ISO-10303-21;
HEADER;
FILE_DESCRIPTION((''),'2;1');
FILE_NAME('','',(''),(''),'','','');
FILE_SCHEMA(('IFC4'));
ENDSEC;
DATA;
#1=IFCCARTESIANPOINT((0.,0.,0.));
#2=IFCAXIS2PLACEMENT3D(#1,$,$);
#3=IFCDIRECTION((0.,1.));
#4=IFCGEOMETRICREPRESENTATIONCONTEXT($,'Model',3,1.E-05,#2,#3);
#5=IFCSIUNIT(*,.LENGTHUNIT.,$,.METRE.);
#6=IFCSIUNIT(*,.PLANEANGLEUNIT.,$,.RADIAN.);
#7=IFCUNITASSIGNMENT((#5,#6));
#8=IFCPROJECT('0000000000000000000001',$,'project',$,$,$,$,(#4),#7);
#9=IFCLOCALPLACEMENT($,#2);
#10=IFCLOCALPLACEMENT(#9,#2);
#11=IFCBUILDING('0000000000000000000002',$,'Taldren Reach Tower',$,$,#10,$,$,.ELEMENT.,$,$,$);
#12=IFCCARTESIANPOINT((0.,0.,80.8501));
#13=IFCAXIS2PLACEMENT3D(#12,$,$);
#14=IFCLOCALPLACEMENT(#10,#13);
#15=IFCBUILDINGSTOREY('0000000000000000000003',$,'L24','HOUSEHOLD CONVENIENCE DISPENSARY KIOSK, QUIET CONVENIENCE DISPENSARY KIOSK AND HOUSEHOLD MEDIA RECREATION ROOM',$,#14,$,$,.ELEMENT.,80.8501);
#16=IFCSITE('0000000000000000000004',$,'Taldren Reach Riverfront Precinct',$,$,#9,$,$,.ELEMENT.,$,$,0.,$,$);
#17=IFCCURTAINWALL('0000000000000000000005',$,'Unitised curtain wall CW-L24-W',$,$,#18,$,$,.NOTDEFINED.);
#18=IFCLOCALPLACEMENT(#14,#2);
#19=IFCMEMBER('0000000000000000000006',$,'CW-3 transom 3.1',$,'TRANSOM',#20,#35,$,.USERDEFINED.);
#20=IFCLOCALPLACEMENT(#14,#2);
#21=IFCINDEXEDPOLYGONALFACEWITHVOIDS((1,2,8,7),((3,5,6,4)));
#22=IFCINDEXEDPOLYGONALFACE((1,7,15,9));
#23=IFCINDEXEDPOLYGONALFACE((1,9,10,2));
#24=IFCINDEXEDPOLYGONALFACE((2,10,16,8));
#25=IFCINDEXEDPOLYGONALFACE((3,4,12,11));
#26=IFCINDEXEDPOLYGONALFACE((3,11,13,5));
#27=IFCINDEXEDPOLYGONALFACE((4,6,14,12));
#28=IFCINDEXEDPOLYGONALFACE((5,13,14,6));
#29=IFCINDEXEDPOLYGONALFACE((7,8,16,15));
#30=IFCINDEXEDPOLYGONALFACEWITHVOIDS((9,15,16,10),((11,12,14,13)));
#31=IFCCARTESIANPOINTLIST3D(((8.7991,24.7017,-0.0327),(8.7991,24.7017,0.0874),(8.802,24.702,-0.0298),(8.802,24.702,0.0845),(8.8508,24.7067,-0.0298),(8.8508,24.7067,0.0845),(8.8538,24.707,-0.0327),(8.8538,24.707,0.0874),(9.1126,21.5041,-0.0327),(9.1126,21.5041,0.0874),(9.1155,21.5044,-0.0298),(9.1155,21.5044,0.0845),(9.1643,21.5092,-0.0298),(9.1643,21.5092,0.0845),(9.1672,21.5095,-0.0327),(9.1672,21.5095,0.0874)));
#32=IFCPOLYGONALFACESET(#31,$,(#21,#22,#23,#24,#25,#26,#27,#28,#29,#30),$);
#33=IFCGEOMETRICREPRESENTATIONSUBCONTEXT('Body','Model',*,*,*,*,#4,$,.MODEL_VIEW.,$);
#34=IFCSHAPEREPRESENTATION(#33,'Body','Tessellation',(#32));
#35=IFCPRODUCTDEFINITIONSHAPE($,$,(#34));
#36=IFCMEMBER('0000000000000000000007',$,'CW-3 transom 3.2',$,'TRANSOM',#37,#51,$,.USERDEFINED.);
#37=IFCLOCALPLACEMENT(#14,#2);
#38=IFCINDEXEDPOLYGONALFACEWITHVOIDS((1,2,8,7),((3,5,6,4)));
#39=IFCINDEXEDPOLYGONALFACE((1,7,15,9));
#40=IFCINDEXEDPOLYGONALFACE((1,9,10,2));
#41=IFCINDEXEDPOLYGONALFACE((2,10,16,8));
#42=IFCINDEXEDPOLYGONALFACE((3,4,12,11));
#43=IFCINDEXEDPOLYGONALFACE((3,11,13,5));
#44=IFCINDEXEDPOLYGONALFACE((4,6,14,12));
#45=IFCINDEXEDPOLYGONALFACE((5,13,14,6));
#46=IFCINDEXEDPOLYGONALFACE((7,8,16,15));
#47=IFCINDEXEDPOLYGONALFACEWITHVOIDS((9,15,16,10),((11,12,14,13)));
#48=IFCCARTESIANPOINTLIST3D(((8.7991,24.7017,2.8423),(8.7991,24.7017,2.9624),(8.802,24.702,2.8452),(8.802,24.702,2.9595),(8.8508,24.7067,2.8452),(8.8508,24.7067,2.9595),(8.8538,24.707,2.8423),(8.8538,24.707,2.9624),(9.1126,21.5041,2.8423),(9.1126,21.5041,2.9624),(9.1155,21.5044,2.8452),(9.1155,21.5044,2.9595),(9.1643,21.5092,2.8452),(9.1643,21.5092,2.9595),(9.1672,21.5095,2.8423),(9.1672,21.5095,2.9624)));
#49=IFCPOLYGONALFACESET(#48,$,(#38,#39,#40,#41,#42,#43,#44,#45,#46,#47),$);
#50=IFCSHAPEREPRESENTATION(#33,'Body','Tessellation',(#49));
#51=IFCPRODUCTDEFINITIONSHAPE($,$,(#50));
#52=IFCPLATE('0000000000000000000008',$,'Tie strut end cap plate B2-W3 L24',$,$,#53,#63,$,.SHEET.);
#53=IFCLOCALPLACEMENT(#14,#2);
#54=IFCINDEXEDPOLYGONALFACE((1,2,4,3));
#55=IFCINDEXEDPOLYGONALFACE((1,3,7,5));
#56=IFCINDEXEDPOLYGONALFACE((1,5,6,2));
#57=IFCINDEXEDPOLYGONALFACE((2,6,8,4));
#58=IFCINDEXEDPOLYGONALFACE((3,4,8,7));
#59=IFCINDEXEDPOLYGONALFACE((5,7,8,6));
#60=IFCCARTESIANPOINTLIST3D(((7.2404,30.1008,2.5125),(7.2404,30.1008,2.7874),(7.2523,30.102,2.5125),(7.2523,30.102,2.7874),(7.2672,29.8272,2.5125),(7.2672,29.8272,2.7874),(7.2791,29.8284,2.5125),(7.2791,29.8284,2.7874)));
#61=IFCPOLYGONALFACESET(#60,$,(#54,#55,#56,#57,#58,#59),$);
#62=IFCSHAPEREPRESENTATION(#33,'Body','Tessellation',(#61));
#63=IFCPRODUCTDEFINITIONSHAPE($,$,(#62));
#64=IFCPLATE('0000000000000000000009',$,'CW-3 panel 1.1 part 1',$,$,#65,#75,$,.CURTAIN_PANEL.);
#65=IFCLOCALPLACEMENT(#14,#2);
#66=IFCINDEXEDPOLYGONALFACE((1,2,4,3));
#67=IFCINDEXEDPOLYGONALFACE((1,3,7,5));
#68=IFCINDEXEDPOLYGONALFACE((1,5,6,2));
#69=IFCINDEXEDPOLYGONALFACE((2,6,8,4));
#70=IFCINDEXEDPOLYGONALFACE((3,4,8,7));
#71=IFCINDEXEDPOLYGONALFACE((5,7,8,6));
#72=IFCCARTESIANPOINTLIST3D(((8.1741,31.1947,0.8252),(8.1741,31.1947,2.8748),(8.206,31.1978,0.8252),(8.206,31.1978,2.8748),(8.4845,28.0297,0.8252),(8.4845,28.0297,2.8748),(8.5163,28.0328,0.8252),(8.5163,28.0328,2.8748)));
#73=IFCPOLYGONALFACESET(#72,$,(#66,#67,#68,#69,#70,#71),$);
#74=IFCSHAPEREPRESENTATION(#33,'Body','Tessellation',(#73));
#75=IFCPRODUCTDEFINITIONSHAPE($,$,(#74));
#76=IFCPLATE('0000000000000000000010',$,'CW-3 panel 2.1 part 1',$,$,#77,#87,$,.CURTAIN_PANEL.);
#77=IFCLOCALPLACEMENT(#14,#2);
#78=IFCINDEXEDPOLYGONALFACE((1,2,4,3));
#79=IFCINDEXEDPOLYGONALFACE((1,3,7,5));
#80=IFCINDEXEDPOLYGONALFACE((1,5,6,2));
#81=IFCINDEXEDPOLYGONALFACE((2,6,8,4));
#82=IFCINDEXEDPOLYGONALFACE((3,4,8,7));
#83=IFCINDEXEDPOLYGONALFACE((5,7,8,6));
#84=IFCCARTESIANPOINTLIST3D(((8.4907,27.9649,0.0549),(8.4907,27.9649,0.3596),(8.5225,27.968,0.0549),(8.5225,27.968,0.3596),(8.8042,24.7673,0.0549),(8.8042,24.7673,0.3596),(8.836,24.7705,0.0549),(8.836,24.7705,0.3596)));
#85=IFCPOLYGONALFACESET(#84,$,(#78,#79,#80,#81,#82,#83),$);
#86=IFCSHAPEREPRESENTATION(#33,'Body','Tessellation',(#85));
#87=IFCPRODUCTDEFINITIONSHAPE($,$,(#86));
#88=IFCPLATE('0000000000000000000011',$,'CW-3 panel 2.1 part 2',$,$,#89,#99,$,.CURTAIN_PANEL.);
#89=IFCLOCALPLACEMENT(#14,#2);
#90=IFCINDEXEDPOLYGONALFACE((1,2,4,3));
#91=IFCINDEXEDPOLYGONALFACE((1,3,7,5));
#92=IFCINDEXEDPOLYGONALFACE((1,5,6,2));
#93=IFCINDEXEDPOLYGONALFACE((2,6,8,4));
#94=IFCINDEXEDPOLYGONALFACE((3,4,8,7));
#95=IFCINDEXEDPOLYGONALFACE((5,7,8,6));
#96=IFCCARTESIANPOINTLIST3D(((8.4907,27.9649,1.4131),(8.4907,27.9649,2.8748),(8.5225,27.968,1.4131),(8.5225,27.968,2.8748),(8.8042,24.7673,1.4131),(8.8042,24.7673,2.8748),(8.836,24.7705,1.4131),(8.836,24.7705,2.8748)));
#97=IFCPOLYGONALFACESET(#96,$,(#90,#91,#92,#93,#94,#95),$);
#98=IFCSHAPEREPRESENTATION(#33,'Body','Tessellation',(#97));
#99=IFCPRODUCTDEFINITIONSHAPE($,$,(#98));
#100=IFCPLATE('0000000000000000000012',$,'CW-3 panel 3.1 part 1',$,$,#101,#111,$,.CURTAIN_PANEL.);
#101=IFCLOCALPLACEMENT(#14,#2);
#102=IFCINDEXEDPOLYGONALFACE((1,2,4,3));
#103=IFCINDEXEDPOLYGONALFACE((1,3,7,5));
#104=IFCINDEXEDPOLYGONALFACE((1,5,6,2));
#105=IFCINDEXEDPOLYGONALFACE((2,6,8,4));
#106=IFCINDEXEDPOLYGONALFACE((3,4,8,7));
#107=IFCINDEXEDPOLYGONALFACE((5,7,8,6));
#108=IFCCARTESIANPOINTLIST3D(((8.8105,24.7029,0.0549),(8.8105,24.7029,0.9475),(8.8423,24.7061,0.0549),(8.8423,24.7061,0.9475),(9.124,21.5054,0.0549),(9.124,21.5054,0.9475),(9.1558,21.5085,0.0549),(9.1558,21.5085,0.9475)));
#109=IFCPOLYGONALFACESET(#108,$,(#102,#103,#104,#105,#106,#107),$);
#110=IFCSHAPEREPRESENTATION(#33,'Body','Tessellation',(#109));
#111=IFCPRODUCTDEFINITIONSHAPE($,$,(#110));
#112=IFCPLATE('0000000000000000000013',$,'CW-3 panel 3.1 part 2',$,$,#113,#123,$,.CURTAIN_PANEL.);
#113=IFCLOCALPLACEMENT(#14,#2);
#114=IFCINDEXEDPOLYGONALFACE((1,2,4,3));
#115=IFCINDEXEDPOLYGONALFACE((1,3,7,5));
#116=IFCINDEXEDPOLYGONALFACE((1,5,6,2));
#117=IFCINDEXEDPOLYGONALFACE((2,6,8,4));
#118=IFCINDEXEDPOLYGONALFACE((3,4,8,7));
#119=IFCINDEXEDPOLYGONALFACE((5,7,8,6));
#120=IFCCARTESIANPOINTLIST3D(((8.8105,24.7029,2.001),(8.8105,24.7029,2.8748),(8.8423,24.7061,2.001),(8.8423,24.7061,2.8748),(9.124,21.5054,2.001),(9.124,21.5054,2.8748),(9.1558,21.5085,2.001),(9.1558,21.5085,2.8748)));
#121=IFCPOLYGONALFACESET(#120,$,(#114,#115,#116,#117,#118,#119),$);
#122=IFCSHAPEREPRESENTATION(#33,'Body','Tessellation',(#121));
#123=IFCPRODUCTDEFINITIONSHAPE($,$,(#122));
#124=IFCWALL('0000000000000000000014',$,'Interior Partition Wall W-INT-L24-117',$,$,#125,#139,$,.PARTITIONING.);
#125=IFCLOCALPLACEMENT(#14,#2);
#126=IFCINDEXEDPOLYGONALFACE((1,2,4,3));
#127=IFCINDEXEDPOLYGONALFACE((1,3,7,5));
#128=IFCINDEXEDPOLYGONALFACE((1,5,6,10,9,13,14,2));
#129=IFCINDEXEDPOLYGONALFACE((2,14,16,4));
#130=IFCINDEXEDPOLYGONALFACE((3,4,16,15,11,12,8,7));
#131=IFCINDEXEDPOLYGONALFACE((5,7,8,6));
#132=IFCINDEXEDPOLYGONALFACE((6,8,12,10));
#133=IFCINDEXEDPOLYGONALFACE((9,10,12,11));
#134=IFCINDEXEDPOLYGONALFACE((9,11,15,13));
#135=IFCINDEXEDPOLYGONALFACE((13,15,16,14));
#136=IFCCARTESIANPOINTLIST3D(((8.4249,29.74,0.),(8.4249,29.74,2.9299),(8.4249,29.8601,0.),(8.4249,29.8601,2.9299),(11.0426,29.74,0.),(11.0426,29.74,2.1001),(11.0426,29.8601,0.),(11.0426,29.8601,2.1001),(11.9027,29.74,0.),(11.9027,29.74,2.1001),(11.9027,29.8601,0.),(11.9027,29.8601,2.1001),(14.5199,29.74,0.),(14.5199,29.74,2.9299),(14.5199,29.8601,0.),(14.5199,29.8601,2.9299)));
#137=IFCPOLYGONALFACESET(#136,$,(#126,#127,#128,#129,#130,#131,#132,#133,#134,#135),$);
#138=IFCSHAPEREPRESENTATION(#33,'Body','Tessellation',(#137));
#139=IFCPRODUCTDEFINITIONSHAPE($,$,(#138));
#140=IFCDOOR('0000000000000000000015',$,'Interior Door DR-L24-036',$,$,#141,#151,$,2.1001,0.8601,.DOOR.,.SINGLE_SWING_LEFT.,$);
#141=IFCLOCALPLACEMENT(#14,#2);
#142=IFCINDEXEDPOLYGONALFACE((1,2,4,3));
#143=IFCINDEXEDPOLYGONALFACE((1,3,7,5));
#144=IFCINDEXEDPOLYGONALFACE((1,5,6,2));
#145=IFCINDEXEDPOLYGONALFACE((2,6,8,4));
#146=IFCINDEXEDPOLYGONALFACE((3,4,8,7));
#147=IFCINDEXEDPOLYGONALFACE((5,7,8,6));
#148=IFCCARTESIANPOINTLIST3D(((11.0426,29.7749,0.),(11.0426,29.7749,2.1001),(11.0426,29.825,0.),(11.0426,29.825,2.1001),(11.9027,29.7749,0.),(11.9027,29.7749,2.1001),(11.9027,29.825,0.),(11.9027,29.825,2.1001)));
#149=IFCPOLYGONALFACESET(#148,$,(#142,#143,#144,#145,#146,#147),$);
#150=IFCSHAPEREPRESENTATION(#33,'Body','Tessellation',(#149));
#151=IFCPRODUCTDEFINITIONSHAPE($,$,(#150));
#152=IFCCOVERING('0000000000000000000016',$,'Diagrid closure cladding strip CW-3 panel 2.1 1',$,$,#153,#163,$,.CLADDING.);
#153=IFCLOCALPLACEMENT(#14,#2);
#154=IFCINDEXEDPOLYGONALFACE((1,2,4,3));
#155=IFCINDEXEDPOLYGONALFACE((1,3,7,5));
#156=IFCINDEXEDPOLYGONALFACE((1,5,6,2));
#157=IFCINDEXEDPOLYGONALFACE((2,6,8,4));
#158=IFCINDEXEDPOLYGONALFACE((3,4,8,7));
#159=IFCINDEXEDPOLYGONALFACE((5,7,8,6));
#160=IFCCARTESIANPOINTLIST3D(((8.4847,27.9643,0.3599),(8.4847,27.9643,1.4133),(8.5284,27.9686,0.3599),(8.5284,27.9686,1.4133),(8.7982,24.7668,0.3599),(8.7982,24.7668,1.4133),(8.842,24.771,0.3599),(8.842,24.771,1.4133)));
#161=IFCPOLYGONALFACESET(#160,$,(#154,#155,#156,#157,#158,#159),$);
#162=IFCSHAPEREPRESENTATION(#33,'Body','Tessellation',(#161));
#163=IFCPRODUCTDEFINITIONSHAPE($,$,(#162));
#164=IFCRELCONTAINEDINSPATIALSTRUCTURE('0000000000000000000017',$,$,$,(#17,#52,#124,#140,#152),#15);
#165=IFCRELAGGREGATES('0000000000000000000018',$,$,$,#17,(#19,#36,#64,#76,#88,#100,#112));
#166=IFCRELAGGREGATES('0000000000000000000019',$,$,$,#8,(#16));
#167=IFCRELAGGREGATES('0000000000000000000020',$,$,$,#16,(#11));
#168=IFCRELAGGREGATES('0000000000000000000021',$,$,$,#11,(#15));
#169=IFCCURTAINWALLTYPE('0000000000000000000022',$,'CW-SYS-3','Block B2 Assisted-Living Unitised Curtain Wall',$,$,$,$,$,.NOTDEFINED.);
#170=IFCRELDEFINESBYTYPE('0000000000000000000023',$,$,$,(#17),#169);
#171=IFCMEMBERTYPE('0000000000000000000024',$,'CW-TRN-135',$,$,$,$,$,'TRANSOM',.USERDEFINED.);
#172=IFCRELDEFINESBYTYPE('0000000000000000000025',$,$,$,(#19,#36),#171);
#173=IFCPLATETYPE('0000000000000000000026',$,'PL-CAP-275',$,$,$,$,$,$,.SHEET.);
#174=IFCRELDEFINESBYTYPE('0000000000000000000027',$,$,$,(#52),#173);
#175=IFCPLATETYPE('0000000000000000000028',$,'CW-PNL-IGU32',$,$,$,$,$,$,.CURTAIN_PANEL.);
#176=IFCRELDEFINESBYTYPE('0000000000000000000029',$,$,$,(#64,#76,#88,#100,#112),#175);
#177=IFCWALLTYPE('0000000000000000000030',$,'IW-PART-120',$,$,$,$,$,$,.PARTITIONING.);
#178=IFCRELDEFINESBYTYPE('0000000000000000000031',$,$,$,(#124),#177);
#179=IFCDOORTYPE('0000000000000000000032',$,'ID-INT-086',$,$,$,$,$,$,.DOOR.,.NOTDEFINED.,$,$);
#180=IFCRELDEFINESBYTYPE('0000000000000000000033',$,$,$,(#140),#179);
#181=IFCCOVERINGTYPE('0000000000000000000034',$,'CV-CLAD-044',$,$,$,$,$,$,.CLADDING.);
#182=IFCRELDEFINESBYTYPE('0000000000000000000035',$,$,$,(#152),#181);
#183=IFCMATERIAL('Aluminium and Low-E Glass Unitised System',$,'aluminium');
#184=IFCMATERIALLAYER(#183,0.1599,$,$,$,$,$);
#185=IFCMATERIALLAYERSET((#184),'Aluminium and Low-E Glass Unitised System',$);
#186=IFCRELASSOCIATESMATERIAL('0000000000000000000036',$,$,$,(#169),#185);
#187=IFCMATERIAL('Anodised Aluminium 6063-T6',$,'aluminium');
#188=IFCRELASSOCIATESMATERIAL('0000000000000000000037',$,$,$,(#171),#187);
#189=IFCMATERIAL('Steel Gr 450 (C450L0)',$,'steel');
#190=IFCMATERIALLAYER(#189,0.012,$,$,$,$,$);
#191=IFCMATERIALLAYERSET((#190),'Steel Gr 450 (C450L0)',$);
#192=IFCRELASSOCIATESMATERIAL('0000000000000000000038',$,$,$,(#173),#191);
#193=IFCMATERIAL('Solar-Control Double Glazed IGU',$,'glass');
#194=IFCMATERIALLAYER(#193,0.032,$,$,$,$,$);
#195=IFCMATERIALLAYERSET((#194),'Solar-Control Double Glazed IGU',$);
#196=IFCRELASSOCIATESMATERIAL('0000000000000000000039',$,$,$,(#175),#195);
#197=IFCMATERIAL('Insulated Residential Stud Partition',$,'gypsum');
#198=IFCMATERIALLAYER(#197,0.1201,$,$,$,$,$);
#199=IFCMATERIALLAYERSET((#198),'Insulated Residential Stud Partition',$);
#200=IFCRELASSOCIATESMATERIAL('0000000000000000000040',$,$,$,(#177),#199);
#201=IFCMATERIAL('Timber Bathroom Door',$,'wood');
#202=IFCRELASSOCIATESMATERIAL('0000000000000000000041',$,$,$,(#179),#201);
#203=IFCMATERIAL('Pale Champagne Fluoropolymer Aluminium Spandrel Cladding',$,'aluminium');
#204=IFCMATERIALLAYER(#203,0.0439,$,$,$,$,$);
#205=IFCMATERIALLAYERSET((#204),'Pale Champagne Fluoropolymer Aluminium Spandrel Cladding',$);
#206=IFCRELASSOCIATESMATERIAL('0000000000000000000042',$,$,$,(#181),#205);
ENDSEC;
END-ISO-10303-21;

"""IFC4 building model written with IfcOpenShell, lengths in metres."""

from ifc_helpers import new_model, si_unit, direction, frame, frame_2d, origin, origin_2d, place, context, subcontext, project, spatial, rectangle, hollow_rectangle, extrude, source, transform, mapped, material, layer, layer_set, material_profile, profile_set, type_object, element, fill, aggregate, save


model = new_model("IFC4")

# Units and contexts
model_context = context("Model", 3, precision=1e-05, world=origin(), true_north=direction((0.0, 1.0)))
body_context = subcontext(model_context, "Body", "Model", "MODEL_VIEW")
ifc_project = project(units=[si_unit("LENGTHUNIT", "METRE"), si_unit("PLANEANGLEUNIT", "RADIAN")], contexts=[model_context])

# Site, building, storey
site_placement = place(None, origin())
site = spatial("IfcSite", under=ifc_project, at=site_placement, Name="Taldren Reach Riverfront Precinct", CompositionType="ELEMENT", RefElevation=0.0)
building_placement = place(site_placement, origin())
building = spatial("IfcBuilding", under=site, at=building_placement, Name="Taldren Reach Tower", CompositionType="ELEMENT")
storey_placement = place(building_placement, frame((0.0, 0.0, 80.8501)))
storey = spatial("IfcBuildingStorey", under=building, at=storey_placement, Name="L24", Description="HOUSEHOLD CONVENIENCE DISPENSARY KIOSK, QUIET CONVENIENCE DISPENSARY KIOSK AND HOUSEHOLD MEDIA RECREATION ROOM", CompositionType="ELEMENT", Elevation=80.8501)

# Shared definitions
ifc_material_1 = material(Name="Steel Gr 450 (C450L0)", Category="steel")

# Curtain wall, members
ifc_material_2 = material(Name="Aluminium and Low-E Glass Unitised System", Category="aluminium")
ifc_layer_1 = layer(ifc_material_2, 0.1599)
ifc_layer_set_1 = layer_set([ifc_layer_1], Name="Aluminium and Low-E Glass Unitised System")
curtain_wall_type = type_object("IfcCurtainWallType", Name="CW-SYS-3", Description="Block B2 Assisted-Living Unitised Curtain Wall", PredefinedType="NOTDEFINED", material=ifc_layer_set_1)
curtain_wall_placement = place(storey_placement, origin())
curtain_wall = element("IfcCurtainWall", 1, at=curtain_wall_placement, inside=storey, type_object=curtain_wall_type, Name="Unitised curtain wall CW-L24-W", PredefinedType="NOTDEFINED")
ifc_material_3 = material(Name="Anodised Aluminium 6063-T6", Category="aluminium")
ifc_material_profile_1 = material_profile(ifc_material_3, hollow_rectangle(XDim=0.0549, YDim=0.1201, WallThickness=0.0029, at=origin_2d()), Name="ALU-120x55x3RHS")
ifc_profile_set_1 = profile_set([ifc_material_profile_1], Name="Anodised Aluminium 6063-T6")
member_type_1 = type_object("IfcMemberType", Name="CW-TRN-135", ElementType="TRANSOM", PredefinedType="USERDEFINED", material=ifc_profile_set_1)
shared_shape_1 = source(origin(), body_context, "Body", "SweptSolid", [
    extrude(hollow_rectangle(XDim=0.0549, YDim=0.1201, WallThickness=0.0029, at=origin_2d()), origin(), (0.0, 0.0, 1.0), 3.2129),
])
member_1_placement = place(storey_placement, frame((8.8264, 24.7043, 0.0273), z_axis=(0.09757, -0.995229, 0.0), x_axis=(0.995229, 0.09757, 0.0)))
member_1 = element("IfcMember", 2, at=member_1_placement, type_object=member_type_1, Name="CW-3 transom 3.1", ObjectType="TRANSOM", PredefinedType="USERDEFINED", context=body_context, shape_type="MappedRepresentation", body=[
    mapped(shared_shape_1, transform((0.0, 0.0, 0.0), scale=1.0)),
])
member_2_placement = place(storey_placement, frame((8.8264, 24.7043, 2.9023), z_axis=(0.09757, -0.995229, 0.0), x_axis=(0.995229, 0.09757, 0.0)))
member_2 = element("IfcMember", 3, at=member_2_placement, type_object=member_type_1, Name="CW-3 transom 3.2", ObjectType="TRANSOM", PredefinedType="USERDEFINED", context=body_context, shape_type="MappedRepresentation", body=[
    mapped(shared_shape_1, transform((0.0, 0.0, 0.0), scale=1.0)),
])

# Plates
ifc_layer_2 = layer(ifc_material_1, 0.012)
ifc_layer_set_2 = layer_set([ifc_layer_2], Name="Steel Gr 450 (C450L0)")
plate_type_1 = type_object("IfcPlateType", Name="PL-CAP-275", PredefinedType="SHEET", material=ifc_layer_set_2)
shared_shape_2 = source(origin(), body_context, "Body", "SweptSolid", [
    extrude(rectangle(XDim=0.012, YDim=0.2749, at=origin_2d()), origin(), (0.0, 0.0, 1.0), 0.2749),
])
plate_1_placement = place(storey_placement, frame((7.2598, 29.9646, 2.5125), z_axis=(0.0, 0.0, 1.0), x_axis=(0.995227, 0.097583, 0.0)))
element("IfcPlate", 4, at=plate_1_placement, inside=storey, type_object=plate_type_1, Name="Tie strut end cap plate B2-W3 L24", PredefinedType="SHEET", context=body_context, shape_type="MappedRepresentation", body=[
    mapped(shared_shape_2, transform((0.0, 0.0, 0.0), scale=1.0)),
])
ifc_material_4 = material(Name="Solar-Control Double Glazed IGU", Category="glass")
ifc_layer_3 = layer(ifc_material_4, 0.032)
ifc_layer_set_3 = layer_set([ifc_layer_3], Name="Solar-Control Double Glazed IGU")
plate_type_2 = type_object("IfcPlateType", Name="CW-PNL-IGU32", PredefinedType="CURTAIN_PANEL", material=ifc_layer_set_3)
shared_shape_3 = source(origin(), body_context, "Body", "SweptSolid", [
    extrude(rectangle(XDim=3.1802, YDim=0.032, at=origin_2d()), origin(), (0.0, 0.0, 1.0), 2.0496),
])
plate_2_placement = place(storey_placement, frame((8.3452, 29.6138, 0.8252), z_axis=(0.0, 0.0, 1.0), x_axis=(0.097583, -0.995227, 0.0)))
plate_2 = element("IfcPlate", 5, at=plate_2_placement, type_object=plate_type_2, Name="CW-3 panel 1.1 part 1", PredefinedType="CURTAIN_PANEL", context=body_context, shape_type="MappedRepresentation", body=[
    mapped(shared_shape_3, transform((0.0, 0.0, 0.0), scale=1.0)),
])
shared_shape_4 = source(origin(), body_context, "Body", "SweptSolid", [
    extrude(rectangle(XDim=3.2129, YDim=0.032, at=origin_2d()), origin(), (0.0, 0.0, 1.0), 0.3047),
])
plate_3_placement = place(storey_placement, frame((8.6633, 26.3677, 0.0549), z_axis=(0.0, 0.0, 1.0), x_axis=(0.097583, -0.995227, 0.0)))
plate_3 = element("IfcPlate", 6, at=plate_3_placement, type_object=plate_type_2, Name="CW-3 panel 2.1 part 1", PredefinedType="CURTAIN_PANEL", context=body_context, shape_type="MappedRepresentation", body=[
    mapped(shared_shape_4, transform((0.0, 0.0, 0.0), scale=1.0)),
])
shared_shape_5 = source(origin(), body_context, "Body", "SweptSolid", [
    extrude(rectangle(XDim=3.2129, YDim=0.032, at=origin_2d()), origin(), (0.0, 0.0, 1.0), 1.4617),
])
plate_4_placement = place(storey_placement, frame((8.6633, 26.3677, 1.4131), z_axis=(0.0, 0.0, 1.0), x_axis=(0.097583, -0.995227, 0.0)))
plate_4 = element("IfcPlate", 7, at=plate_4_placement, type_object=plate_type_2, Name="CW-3 panel 2.1 part 2", PredefinedType="CURTAIN_PANEL", context=body_context, shape_type="MappedRepresentation", body=[
    mapped(shared_shape_5, transform((0.0, 0.0, 0.0), scale=1.0)),
])
shared_shape_6 = source(origin(), body_context, "Body", "SweptSolid", [
    extrude(rectangle(XDim=3.2129, YDim=0.032, at=origin_2d()), origin(), (0.0, 0.0, 1.0), 0.8926),
])
plate_5_placement = place(storey_placement, frame((8.9832, 23.1057, 0.0549), z_axis=(0.0, 0.0, 1.0), x_axis=(0.097583, -0.995227, 0.0)))
plate_5 = element("IfcPlate", 8, at=plate_5_placement, type_object=plate_type_2, Name="CW-3 panel 3.1 part 1", PredefinedType="CURTAIN_PANEL", context=body_context, shape_type="MappedRepresentation", body=[
    mapped(shared_shape_6, transform((0.0, 0.0, 0.0), scale=1.0)),
])
shared_shape_7 = source(origin(), body_context, "Body", "SweptSolid", [
    extrude(rectangle(XDim=3.2129, YDim=0.032, at=origin_2d()), origin(), (0.0, 0.0, 1.0), 0.8738),
])
plate_6_placement = place(storey_placement, frame((8.9832, 23.1057, 2.001), z_axis=(0.0, 0.0, 1.0), x_axis=(0.097583, -0.995227, 0.0)))
plate_6 = element("IfcPlate", 9, at=plate_6_placement, type_object=plate_type_2, Name="CW-3 panel 3.1 part 2", PredefinedType="CURTAIN_PANEL", context=body_context, shape_type="MappedRepresentation", body=[
    mapped(shared_shape_7, transform((0.0, 0.0, 0.0), scale=1.0)),
])
aggregate(curtain_wall, [member_1, member_2, plate_2, plate_3, plate_4, plate_5, plate_6])

# Wall, opening, door
ifc_material_5 = material(Name="Insulated Residential Stud Partition", Category="gypsum")
ifc_layer_4 = layer(ifc_material_5, 0.1201)
ifc_layer_set_4 = layer_set([ifc_layer_4], Name="Insulated Residential Stud Partition")
wall_type = type_object("IfcWallType", Name="IW-PART-120", PredefinedType="PARTITIONING", material=ifc_layer_set_4)
shared_shape_8 = source(origin(), body_context, "Body", "SweptSolid", [
    extrude(rectangle(XDim=6.095, YDim=0.1201, at=frame_2d((3.0474, 0.0))), origin(), (0.0, 0.0, 1.0), 2.9299),
])
wall_placement = place(storey_placement, frame((8.425, 29.8, 0.0), z_axis=(0.0, 0.0, 1.0), x_axis=(1.0, 0.0, 0.0)))
wall = element("IfcWall", 10, at=wall_placement, inside=storey, type_object=wall_type, Name="Interior Partition Wall W-INT-L24-117", PredefinedType="PARTITIONING", context=body_context, shape_type="MappedRepresentation", body=[
    mapped(shared_shape_8, transform((0.0, 0.0, 0.0), scale=1.0)),
])
shared_shape_9 = source(origin(), body_context, "Body", "SweptSolid", [
    extrude(rectangle(XDim=0.8601, YDim=2.1001, at=frame_2d((0.4302, 1.05))), frame((0.0, 0.0701, 0.0), z_axis=(0.0, -1.0, 0.0), x_axis=(1.0, 0.0, 0.0)), (0.0, 0.0, 1.0), 0.1401),
])
opening_placement = place(wall_placement, frame((2.6174, 0.0, 0.0)))
opening = element("IfcOpeningElement", 11, at=opening_placement, cuts=wall, PredefinedType="OPENING", context=body_context, shape_type="MappedRepresentation", body=[
    mapped(shared_shape_9, transform((0.0, 0.0, 0.0), scale=1.0)),
])
ifc_material_6 = material(Name="Timber Bathroom Door", Category="wood")
door_type = type_object("IfcDoorType", Name="ID-INT-086", OperationType="NOTDEFINED", PredefinedType="DOOR", material=ifc_material_6)
shared_shape_10 = source(origin(), body_context, "Body", "SweptSolid", [
    extrude(rectangle(XDim=0.8601, YDim=2.1001, at=frame_2d((0.4302, 1.05))), frame((0.0, 0.0249, 0.0), z_axis=(0.0, -1.0, 0.0), x_axis=(1.0, 0.0, 0.0)), (0.0, 0.0, 1.0), 0.05),
])
door_placement = place(opening_placement, origin())
door = element("IfcDoor", 12, at=door_placement, inside=storey, type_object=door_type, Name="Interior Door DR-L24-036", OperationType="SINGLE_SWING_LEFT", OverallHeight=2.1001, OverallWidth=0.8601, PredefinedType="DOOR", context=body_context, shape_type="MappedRepresentation", body=[
    mapped(shared_shape_10, transform((0.0, 0.0, 0.0), scale=1.0)),
])
fill(opening, door)

# Covering
ifc_material_7 = material(Name="Pale Champagne Fluoropolymer Aluminium Spandrel Cladding", Category="aluminium")
ifc_layer_5 = layer(ifc_material_7, 0.0439)
ifc_layer_set_5 = layer_set([ifc_layer_5], Name="Pale Champagne Fluoropolymer Aluminium Spandrel Cladding")
covering_type = type_object("IfcCoveringType", Name="CV-CLAD-044", PredefinedType="CLADDING", material=ifc_layer_set_5)
shared_shape_11 = source(origin(), body_context, "Body", "SweptSolid", [
    extrude(rectangle(XDim=3.2129, YDim=0.0439, at=origin_2d()), origin(), (0.0, 0.0, 1.0), 1.0535),
])
covering_1_placement = place(storey_placement, frame((8.6633, 26.3677, 0.3599), z_axis=(0.0, 0.0, 1.0), x_axis=(0.097583, -0.995227, 0.0)))
element("IfcCovering", 13, at=covering_1_placement, inside=storey, type_object=covering_type, Name="Diagrid closure cladding strip CW-3 panel 2.1 1", PredefinedType="CLADDING", context=body_context, shape_type="MappedRepresentation", body=[
    mapped(shared_shape_11, transform((0.0, 0.0, 0.0), scale=1.0)),
])

save(model, "model.ifc")
